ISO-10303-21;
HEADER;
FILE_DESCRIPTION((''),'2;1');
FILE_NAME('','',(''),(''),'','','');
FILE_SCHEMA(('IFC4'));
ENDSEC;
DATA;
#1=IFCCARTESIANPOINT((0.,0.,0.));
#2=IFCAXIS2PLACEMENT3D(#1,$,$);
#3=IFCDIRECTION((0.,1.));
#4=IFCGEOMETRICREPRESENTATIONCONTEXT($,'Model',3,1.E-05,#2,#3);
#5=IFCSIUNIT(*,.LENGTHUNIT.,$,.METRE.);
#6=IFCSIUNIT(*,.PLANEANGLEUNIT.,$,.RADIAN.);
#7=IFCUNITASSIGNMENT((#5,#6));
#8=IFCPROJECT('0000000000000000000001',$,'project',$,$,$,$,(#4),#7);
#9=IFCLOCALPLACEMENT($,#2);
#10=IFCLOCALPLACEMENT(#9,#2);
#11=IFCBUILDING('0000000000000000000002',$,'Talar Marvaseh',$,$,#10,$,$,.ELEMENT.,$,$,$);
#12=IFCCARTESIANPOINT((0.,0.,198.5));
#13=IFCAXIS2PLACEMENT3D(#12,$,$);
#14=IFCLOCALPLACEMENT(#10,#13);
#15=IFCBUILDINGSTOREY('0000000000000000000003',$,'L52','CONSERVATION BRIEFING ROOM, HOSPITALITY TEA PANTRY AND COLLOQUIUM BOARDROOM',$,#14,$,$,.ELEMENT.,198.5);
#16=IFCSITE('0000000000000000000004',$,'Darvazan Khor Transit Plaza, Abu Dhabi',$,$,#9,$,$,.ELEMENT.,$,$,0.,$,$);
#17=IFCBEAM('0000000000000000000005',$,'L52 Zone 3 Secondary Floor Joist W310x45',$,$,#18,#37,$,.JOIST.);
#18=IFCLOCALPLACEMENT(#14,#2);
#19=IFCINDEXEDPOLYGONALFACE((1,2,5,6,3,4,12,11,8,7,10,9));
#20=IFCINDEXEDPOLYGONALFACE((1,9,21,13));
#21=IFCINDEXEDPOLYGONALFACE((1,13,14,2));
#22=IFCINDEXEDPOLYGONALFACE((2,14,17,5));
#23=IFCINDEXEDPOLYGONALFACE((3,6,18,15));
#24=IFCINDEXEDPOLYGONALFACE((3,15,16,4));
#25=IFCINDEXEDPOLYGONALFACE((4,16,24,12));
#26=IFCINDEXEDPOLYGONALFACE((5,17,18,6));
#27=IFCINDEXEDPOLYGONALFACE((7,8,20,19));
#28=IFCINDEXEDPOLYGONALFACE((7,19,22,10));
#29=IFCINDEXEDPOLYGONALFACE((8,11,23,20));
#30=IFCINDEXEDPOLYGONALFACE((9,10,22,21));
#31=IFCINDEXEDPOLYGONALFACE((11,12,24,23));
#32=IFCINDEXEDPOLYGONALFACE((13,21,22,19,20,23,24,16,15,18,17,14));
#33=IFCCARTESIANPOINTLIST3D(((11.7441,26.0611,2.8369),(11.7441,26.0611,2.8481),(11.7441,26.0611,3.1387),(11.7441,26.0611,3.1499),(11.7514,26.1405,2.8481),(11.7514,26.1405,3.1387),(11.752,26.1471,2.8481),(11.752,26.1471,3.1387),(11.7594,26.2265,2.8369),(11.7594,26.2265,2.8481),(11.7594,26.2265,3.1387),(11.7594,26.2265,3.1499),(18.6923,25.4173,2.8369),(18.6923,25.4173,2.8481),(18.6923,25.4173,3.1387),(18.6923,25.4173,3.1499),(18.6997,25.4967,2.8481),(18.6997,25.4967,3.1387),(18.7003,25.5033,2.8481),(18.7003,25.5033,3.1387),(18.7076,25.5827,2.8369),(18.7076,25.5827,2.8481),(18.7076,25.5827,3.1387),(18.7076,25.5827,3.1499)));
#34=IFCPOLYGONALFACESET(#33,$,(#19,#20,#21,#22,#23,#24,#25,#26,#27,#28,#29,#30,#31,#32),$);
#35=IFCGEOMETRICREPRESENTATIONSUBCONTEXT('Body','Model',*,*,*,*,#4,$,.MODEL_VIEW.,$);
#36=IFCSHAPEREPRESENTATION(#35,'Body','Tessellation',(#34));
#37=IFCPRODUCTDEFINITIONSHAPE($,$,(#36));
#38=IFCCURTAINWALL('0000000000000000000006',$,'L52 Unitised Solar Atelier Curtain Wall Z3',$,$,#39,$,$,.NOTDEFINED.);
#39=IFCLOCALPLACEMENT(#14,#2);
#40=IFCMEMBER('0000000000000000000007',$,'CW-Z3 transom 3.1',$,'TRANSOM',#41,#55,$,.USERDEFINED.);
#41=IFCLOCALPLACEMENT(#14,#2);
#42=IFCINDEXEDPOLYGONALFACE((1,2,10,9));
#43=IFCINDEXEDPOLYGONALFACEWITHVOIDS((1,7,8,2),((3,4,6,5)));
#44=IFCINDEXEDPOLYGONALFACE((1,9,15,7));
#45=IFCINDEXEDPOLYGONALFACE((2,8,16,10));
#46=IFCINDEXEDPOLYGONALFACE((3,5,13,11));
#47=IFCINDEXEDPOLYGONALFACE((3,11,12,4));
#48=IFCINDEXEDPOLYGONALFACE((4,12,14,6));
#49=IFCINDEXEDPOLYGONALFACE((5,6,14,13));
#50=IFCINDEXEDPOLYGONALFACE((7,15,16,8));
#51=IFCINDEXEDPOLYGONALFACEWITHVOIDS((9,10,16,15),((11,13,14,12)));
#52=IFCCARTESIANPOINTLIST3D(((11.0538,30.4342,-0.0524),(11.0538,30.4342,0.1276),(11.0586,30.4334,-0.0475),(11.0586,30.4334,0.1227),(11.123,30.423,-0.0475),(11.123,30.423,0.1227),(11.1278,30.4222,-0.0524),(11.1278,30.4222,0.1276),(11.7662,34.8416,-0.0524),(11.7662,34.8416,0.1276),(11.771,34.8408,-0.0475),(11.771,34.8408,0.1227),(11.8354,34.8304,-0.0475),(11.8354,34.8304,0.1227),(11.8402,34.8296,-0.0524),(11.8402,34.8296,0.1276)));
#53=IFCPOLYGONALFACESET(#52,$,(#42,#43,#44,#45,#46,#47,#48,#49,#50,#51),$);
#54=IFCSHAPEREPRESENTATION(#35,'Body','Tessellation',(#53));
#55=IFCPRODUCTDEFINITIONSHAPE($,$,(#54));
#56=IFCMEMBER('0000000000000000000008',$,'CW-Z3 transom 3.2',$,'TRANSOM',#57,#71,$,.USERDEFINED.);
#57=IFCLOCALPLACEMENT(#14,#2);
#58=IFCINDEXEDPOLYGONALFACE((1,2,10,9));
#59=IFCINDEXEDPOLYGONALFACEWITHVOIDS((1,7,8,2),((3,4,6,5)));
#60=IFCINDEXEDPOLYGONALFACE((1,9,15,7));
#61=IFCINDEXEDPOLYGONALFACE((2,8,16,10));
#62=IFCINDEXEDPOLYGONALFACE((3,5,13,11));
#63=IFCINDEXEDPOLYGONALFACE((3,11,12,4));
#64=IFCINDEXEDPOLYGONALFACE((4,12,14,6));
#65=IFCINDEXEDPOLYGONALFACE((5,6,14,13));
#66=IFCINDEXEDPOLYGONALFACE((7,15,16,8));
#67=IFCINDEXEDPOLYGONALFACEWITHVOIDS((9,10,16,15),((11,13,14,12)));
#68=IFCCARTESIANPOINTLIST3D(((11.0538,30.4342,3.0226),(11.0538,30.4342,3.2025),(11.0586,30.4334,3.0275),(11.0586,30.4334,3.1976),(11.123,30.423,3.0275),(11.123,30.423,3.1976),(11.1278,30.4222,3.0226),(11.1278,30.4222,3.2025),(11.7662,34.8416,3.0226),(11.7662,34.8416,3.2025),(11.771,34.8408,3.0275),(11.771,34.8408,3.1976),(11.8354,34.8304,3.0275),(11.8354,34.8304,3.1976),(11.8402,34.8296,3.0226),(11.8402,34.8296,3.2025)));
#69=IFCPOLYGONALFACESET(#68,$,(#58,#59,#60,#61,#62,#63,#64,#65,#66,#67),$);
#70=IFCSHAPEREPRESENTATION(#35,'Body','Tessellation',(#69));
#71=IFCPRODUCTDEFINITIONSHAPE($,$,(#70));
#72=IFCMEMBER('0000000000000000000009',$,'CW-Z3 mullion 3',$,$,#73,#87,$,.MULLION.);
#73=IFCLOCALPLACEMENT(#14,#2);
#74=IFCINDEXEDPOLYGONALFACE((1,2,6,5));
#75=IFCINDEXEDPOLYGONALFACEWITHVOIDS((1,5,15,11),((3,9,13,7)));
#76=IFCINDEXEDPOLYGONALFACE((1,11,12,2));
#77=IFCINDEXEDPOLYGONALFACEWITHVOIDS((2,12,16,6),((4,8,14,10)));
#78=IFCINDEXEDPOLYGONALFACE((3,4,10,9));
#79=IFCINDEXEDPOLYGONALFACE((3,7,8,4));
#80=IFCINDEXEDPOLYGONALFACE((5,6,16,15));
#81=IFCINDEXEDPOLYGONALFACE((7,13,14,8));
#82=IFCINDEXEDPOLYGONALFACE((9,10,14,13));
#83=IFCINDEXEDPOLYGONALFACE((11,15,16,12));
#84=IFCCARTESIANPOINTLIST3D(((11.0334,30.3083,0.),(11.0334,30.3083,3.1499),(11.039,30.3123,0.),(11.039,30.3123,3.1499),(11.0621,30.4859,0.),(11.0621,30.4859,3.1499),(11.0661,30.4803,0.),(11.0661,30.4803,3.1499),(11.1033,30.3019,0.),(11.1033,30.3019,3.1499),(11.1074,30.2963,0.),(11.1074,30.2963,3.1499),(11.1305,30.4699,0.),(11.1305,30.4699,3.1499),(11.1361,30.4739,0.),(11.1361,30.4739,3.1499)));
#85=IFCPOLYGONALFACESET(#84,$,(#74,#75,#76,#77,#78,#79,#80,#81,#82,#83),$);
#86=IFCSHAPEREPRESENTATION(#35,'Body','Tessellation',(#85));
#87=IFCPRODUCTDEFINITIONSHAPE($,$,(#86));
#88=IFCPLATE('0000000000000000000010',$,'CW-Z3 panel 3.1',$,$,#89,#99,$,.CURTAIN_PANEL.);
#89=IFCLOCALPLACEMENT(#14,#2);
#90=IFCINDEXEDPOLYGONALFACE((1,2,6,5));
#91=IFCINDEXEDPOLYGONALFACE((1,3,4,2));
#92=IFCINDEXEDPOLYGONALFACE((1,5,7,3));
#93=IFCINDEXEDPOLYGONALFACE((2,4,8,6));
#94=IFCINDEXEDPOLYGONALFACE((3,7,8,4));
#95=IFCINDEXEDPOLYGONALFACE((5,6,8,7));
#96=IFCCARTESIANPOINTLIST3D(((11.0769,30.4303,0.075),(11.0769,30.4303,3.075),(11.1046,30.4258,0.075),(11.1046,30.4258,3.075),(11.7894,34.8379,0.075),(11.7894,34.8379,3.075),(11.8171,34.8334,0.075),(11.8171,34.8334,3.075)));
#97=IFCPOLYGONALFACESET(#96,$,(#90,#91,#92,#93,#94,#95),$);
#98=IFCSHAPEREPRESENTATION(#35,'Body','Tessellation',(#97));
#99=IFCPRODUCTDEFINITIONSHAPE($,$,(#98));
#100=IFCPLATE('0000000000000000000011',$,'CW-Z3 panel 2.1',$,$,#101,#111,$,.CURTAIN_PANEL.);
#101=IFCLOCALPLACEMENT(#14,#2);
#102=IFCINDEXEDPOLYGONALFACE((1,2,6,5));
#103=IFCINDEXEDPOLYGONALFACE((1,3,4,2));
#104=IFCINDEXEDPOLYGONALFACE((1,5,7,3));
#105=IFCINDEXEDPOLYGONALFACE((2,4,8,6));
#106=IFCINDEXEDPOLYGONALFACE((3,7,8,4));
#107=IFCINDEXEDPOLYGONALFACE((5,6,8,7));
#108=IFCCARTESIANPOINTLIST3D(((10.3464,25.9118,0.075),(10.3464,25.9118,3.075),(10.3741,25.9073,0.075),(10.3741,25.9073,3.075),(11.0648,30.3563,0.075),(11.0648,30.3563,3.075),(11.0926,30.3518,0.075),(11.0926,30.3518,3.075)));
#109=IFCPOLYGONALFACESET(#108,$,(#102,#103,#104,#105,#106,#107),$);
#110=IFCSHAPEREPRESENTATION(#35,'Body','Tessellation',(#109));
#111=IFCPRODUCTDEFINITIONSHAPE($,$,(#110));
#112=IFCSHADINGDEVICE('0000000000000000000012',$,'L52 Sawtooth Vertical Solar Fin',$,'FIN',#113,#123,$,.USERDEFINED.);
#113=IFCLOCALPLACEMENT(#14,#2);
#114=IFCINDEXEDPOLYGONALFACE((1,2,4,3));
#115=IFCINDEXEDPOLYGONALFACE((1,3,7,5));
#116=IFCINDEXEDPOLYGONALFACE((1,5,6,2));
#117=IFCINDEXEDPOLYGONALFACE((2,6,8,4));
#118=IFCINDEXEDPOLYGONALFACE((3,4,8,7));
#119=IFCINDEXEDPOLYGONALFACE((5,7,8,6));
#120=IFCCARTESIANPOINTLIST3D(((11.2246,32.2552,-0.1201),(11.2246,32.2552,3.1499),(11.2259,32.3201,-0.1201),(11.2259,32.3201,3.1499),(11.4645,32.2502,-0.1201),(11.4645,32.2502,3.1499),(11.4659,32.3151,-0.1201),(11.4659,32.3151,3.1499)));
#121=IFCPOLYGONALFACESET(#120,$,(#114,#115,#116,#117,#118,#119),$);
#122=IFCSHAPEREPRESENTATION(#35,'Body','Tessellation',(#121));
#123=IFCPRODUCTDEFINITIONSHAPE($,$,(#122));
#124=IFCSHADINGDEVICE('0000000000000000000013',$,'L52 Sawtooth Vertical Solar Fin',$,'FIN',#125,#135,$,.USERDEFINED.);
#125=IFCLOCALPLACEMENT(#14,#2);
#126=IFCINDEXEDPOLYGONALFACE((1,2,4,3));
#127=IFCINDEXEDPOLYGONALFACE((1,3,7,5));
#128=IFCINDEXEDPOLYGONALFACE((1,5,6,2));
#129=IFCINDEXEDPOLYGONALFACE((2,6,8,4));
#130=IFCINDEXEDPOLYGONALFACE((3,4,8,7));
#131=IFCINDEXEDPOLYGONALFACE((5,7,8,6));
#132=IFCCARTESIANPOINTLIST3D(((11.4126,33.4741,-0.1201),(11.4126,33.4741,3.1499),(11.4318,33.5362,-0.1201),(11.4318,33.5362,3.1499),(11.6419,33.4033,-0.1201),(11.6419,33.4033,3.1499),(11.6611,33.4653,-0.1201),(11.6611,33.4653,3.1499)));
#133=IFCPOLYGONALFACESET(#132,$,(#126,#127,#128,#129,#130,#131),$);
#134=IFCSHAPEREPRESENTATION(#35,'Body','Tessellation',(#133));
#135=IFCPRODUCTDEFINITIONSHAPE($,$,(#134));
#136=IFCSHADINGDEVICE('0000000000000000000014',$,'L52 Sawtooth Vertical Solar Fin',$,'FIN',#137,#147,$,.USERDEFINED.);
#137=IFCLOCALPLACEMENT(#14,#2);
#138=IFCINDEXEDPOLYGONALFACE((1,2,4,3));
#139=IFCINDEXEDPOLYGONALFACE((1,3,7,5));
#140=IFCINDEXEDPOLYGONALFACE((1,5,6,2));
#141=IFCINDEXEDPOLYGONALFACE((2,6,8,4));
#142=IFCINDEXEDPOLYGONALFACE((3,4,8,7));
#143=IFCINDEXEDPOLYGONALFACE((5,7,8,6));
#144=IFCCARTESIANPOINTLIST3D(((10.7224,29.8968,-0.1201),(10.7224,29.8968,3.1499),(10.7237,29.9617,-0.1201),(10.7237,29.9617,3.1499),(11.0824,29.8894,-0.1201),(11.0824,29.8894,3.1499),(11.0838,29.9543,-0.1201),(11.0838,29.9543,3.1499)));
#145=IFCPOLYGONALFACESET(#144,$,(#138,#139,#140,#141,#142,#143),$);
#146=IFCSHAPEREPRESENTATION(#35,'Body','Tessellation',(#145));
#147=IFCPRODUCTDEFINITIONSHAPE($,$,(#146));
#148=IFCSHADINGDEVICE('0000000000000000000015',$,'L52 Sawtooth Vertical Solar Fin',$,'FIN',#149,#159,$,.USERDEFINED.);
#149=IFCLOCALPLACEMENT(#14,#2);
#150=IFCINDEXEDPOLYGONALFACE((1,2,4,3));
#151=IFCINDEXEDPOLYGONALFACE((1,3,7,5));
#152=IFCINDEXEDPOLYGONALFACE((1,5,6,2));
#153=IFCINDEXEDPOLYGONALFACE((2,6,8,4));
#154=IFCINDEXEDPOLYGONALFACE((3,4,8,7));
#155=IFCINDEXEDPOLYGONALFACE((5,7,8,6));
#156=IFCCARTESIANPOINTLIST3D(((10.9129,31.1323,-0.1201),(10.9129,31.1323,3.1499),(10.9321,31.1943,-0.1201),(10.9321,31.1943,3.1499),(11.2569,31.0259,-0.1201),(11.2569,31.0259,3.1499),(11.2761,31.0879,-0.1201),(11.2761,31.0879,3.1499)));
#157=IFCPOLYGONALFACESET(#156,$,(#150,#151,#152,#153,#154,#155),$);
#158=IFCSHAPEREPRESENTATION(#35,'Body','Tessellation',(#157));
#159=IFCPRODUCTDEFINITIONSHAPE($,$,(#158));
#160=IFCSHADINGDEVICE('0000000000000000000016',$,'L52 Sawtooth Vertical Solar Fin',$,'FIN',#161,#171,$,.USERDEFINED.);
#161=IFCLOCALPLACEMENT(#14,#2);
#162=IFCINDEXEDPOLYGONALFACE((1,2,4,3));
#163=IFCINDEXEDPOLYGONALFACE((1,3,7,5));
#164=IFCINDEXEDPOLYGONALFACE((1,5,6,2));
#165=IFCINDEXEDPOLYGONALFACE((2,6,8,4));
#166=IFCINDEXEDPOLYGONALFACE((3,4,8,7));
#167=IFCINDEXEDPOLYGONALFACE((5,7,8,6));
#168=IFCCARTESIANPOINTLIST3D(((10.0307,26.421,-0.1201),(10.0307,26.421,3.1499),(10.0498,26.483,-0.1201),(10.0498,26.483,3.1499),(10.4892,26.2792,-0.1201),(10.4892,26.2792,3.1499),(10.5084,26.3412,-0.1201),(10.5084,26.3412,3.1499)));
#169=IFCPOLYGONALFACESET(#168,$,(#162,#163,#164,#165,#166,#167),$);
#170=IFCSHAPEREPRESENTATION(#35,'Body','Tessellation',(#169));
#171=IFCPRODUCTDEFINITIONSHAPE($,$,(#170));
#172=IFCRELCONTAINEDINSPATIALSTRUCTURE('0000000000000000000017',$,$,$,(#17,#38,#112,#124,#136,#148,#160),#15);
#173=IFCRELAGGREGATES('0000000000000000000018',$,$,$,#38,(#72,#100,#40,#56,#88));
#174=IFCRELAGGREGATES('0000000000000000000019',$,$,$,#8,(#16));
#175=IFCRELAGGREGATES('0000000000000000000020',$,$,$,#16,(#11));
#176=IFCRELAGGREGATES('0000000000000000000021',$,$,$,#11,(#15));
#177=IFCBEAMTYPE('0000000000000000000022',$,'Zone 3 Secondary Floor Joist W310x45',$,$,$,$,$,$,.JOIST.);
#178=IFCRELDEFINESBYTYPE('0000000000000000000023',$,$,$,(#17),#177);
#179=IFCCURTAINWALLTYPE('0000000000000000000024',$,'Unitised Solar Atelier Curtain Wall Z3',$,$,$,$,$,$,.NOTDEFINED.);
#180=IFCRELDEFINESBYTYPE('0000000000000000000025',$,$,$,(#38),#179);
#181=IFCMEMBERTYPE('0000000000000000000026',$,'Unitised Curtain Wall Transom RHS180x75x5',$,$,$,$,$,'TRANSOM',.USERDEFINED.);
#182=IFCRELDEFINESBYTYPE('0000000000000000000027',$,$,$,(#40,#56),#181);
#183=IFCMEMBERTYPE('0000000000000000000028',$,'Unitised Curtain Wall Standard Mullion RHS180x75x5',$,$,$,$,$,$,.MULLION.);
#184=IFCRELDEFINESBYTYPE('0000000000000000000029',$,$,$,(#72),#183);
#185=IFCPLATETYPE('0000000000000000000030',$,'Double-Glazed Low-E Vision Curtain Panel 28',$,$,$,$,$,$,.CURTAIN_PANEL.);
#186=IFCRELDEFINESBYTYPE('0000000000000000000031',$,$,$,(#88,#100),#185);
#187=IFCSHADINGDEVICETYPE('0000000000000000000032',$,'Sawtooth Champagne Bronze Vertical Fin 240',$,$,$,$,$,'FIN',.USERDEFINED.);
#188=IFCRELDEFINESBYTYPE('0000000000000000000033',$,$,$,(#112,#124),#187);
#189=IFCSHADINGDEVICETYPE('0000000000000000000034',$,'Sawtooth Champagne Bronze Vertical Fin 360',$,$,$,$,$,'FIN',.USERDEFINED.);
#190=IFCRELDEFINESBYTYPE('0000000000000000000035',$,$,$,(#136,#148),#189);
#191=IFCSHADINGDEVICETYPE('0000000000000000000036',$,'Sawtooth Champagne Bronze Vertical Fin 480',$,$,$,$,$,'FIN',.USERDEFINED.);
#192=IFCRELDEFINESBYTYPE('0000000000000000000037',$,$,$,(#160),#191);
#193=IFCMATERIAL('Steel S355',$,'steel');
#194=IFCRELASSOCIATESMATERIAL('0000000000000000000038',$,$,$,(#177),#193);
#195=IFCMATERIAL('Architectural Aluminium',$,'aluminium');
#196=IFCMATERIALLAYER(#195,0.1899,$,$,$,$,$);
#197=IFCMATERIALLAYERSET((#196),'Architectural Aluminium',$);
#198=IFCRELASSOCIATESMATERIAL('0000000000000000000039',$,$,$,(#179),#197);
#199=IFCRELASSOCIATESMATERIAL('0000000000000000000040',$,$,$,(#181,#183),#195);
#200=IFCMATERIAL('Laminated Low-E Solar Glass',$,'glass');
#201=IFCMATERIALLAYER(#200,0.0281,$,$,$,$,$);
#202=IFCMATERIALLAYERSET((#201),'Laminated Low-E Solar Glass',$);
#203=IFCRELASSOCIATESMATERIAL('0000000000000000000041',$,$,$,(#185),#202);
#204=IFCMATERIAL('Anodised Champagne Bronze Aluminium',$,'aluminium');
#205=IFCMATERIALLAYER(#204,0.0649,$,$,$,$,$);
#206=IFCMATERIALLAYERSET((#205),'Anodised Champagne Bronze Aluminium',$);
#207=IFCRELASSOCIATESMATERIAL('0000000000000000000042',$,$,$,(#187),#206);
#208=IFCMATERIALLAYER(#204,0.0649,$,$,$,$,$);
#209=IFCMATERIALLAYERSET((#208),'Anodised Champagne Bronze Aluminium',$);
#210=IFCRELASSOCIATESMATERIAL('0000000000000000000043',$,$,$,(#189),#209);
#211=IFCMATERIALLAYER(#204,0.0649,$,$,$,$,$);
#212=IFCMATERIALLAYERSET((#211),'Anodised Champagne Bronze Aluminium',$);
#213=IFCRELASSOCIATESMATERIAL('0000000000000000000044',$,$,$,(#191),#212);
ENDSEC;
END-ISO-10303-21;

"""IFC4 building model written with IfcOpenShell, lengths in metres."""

from ifc_helpers import new_model, si_unit, direction, frame, origin, origin_2d, place, context, subcontext, project, spatial, rectangle, hollow_rectangle, i_section, extrude, source, transform, mapped, material, layer, layer_set, material_profile, profile_set, type_object, type_shapes, element, aggregate, save


model = new_model("IFC4")

# Units and contexts
model_context = context("Model", 3, precision=1e-05, world=origin(), true_north=direction((0.0, 1.0)))
body_context = subcontext(model_context, "Body", "Model", "MODEL_VIEW")
ifc_project = project(units=[si_unit("LENGTHUNIT", "METRE"), si_unit("PLANEANGLEUNIT", "RADIAN")], contexts=[model_context])

# Site, building, storey
site_placement = place(None, origin())
site = spatial("IfcSite", under=ifc_project, at=site_placement, Name="Darvazan Khor Transit Plaza, Abu Dhabi", CompositionType="ELEMENT", RefElevation=0.0)
building_placement = place(site_placement, origin())
building = spatial("IfcBuilding", under=site, at=building_placement, Name="Talar Marvaseh", CompositionType="ELEMENT")
storey_placement = place(building_placement, frame((0.0, 0.0, 198.5)))
storey = spatial("IfcBuildingStorey", under=building, at=storey_placement, Name="L52", Description="CONSERVATION BRIEFING ROOM, HOSPITALITY TEA PANTRY AND COLLOQUIUM BOARDROOM", CompositionType="ELEMENT", Elevation=198.5)

# Beam
ifc_material_1 = material(Name="Steel S355", Category="steel")
ifc_material_profile_1 = material_profile(ifc_material_1, i_section(OverallWidth=0.166, OverallDepth=0.313, WebThickness=0.0066, FlangeThickness=0.0112, at=origin_2d()), Name="W310x45")
ifc_profile_set_1 = profile_set([ifc_material_profile_1], Name="Steel S355")
beam_type = type_object("IfcBeamType", Name="Zone 3 Secondary Floor Joist W310x45", PredefinedType="JOIST", material=ifc_profile_set_1)
beam_placement = place(storey_placement, frame((11.7517, 26.1438, 2.9934), z_axis=(0.995735, -0.092261, 0.0), x_axis=(0.092261, 0.995735, 0.0)))
element("IfcBeam", 1, at=beam_placement, inside=storey, type_object=beam_type, Name="L52 Zone 3 Secondary Floor Joist W310x45", PredefinedType="JOIST", context=body_context, shape_type="SweptSolid", body=[
    extrude(i_section(OverallWidth=0.166, OverallDepth=0.313, WebThickness=0.0066, FlangeThickness=0.0112, at=origin_2d()), origin(), (0.0, 0.0, 1.0), 6.978),
])

# Curtain wall, members, plates
ifc_material_2 = material(Name="Architectural Aluminium", Category="aluminium")
ifc_layer_1 = layer(ifc_material_2, 0.1899)
ifc_layer_set_1 = layer_set([ifc_layer_1], Name="Architectural Aluminium")
curtain_wall_type = type_object("IfcCurtainWallType", Name="Unitised Solar Atelier Curtain Wall Z3", PredefinedType="NOTDEFINED", material=ifc_layer_set_1)
curtain_wall_placement = place(storey_placement, origin())
curtain_wall = element("IfcCurtainWall", 2, at=curtain_wall_placement, inside=storey, type_object=curtain_wall_type, Name="L52 Unitised Solar Atelier Curtain Wall Z3", PredefinedType="NOTDEFINED")
ifc_material_profile_2 = material_profile(ifc_material_2, hollow_rectangle(XDim=0.075, YDim=0.1799, WallThickness=0.0049, at=origin_2d()), Name="RHS180x75x5")
ifc_profile_set_2 = profile_set([ifc_material_profile_2], Name="Architectural Aluminium")
member_type_1 = type_object("IfcMemberType", Name="Unitised Curtain Wall Transom RHS180x75x5", ElementType="TRANSOM", PredefinedType="USERDEFINED", material=ifc_profile_set_2)
shared_shape_1 = source(origin(), body_context, "Body", "SweptSolid", [
    extrude(hollow_rectangle(XDim=0.075, YDim=0.1799, WallThickness=0.0049, at=origin_2d()), origin(), (0.0, 0.0, 1.0), 4.4646),
])
type_shapes(member_type_1, [shared_shape_1])
member_1_placement = place(storey_placement, frame((11.0908, 30.4282, 0.0376), z_axis=(0.159564, 0.987188, 0.0), x_axis=(-0.987188, 0.159564, 0.0)))
member_1 = element("IfcMember", 3, at=member_1_placement, type_object=member_type_1, Name="CW-Z3 transom 3.1", ObjectType="TRANSOM", PredefinedType="USERDEFINED", context=body_context, shape_type="MappedRepresentation", body=[
    mapped(shared_shape_1, transform((0.0, 0.0, 0.0), x_axis=(1.0, 0.0, 0.0), y_axis=(0.0, 1.0, 0.0), z_axis=(0.0, 0.0, 1.0), scale=1.0)),
])
member_2_placement = place(storey_placement, frame((11.0908, 30.4282, 3.1125), z_axis=(0.159564, 0.987188, 0.0), x_axis=(-0.987188, 0.159564, 0.0)))
member_2 = element("IfcMember", 4, at=member_2_placement, type_object=member_type_1, Name="CW-Z3 transom 3.2", ObjectType="TRANSOM", PredefinedType="USERDEFINED", context=body_context, shape_type="MappedRepresentation", body=[
    mapped(shared_shape_1, transform((0.0, 0.0, 0.0), x_axis=(1.0, 0.0, 0.0), y_axis=(0.0, 1.0, 0.0), z_axis=(0.0, 0.0, 1.0), scale=1.0)),
])
ifc_material_profile_3 = material_profile(ifc_material_2, hollow_rectangle(XDim=0.075, YDim=0.1799, WallThickness=0.0049, at=origin_2d()), Name="RHS180x75x5")
ifc_profile_set_3 = profile_set([ifc_material_profile_3], Name="Architectural Aluminium")
member_type_2 = type_object("IfcMemberType", Name="Unitised Curtain Wall Standard Mullion RHS180x75x5", PredefinedType="MULLION", material=ifc_profile_set_3)
shared_shape_2 = source(origin(), body_context, "Body", "SweptSolid", [
    extrude(hollow_rectangle(XDim=0.075, YDim=0.1799, WallThickness=0.0049, at=origin_2d()), origin(), (0.0, 0.0, 1.0), 3.1499),
])
type_shapes(member_type_2, [shared_shape_2])
member_3_placement = place(storey_placement, frame((11.0847, 30.3911, 0.0), z_axis=(0.0, 0.0, 1.0), x_axis=(-0.987186, 0.159572, 0.0)))
member_3 = element("IfcMember", 5, at=member_3_placement, type_object=member_type_2, Name="CW-Z3 mullion 3", PredefinedType="MULLION", context=body_context, shape_type="MappedRepresentation", body=[
    mapped(shared_shape_2, transform((0.0, 0.0, 0.0), x_axis=(1.0, 0.0, 0.0), y_axis=(0.0, 1.0, 0.0), z_axis=(0.0, 0.0, 1.0), scale=1.0)),
])
ifc_material_3 = material(Name="Laminated Low-E Solar Glass", Category="glass")
ifc_layer_2 = layer(ifc_material_3, 0.0281)
ifc_layer_set_2 = layer_set([ifc_layer_2], Name="Laminated Low-E Solar Glass")
plate_type = type_object("IfcPlateType", Name="Double-Glazed Low-E Vision Curtain Panel 28", PredefinedType="CURTAIN_PANEL", material=ifc_layer_set_2)
shared_shape_3 = source(origin(), body_context, "Body", "SweptSolid", [
    extrude(rectangle(XDim=4.4648, YDim=0.0281, at=origin_2d()), origin(), (0.0, 0.0, 1.0), 3.0),
])
plate_1_placement = place(storey_placement, frame((11.447, 32.6318, 0.075), z_axis=(0.0, 0.0, 1.0), x_axis=(0.159572, 0.987186, 0.0)))
plate_1 = element("IfcPlate", 6, at=plate_1_placement, type_object=plate_type, Name="CW-Z3 panel 3.1", PredefinedType="CURTAIN_PANEL", context=body_context, shape_type="MappedRepresentation", body=[
    mapped(shared_shape_3, transform((0.0, 0.0, 0.0), x_axis=(1.0, 0.0, 0.0), y_axis=(0.0, 1.0, 0.0), z_axis=(0.0, 0.0, 1.0), scale=1.0)),
])
shared_shape_4 = source(origin(), body_context, "Body", "SweptSolid", [
    extrude(rectangle(XDim=4.5022, YDim=0.0281, at=origin_2d()), origin(), (0.0, 0.0, 1.0), 3.0),
])
type_shapes(plate_type, [shared_shape_3, shared_shape_4])
plate_2_placement = place(storey_placement, frame((10.7195, 28.1318, 0.075), z_axis=(0.0, 0.0, 1.0), x_axis=(0.159572, 0.987186, 0.0)))
plate_2 = element("IfcPlate", 7, at=plate_2_placement, type_object=plate_type, Name="CW-Z3 panel 2.1", PredefinedType="CURTAIN_PANEL", context=body_context, shape_type="MappedRepresentation", body=[
    mapped(shared_shape_4, transform((0.0, 0.0, 0.0), x_axis=(1.0, 0.0, 0.0), y_axis=(0.0, 1.0, 0.0), z_axis=(0.0, 0.0, 1.0), scale=1.0)),
])
aggregate(curtain_wall, [member_3, plate_2, member_1, member_2, plate_1])

# Shading devices
ifc_material_4 = material(Name="Anodised Champagne Bronze Aluminium", Category="aluminium")
ifc_layer_3 = layer(ifc_material_4, 0.0649)
ifc_layer_set_3 = layer_set([ifc_layer_3], Name="Anodised Champagne Bronze Aluminium")
shading_device_type_1 = type_object("IfcShadingDeviceType", Name="Sawtooth Champagne Bronze Vertical Fin 240", ElementType="FIN", PredefinedType="USERDEFINED", material=ifc_layer_set_3)
shared_shape_5 = source(origin(), body_context, "Body", "SweptSolid", [
    extrude(rectangle(XDim=0.24, YDim=0.0649, at=origin_2d()), origin(), (0.0, 0.0, 1.0), 3.27),
])
type_shapes(shading_device_type_1, [shared_shape_5])
for number, where, z_axis, x_axis, name in (
    (8, (11.3452, 32.2852, -0.1201), (0.0, 0.0, 1.0), (-0.999788, 0.020593, 0.0), "L52 Sawtooth Vertical Solar Fin"),
    (9, (11.5369, 33.4697, -0.1201), (0.0, 0.0, 1.0), (-0.955382, 0.295375, 0.0), "L52 Sawtooth Vertical Solar Fin"),
):
    element("IfcShadingDevice", number, at=place(storey_placement, frame(where, z_axis=z_axis, x_axis=x_axis)), inside=storey, type_object=shading_device_type_1, Name=name, ObjectType="FIN", PredefinedType="USERDEFINED", context=body_context, shape_type="MappedRepresentation", body=[
        mapped(shared_shape_5, transform((0.0, 0.0, 0.0), x_axis=(1.0, 0.0, 0.0), y_axis=(0.0, 1.0, 0.0), z_axis=(0.0, 0.0, 1.0), scale=1.0)),
    ])
ifc_layer_4 = layer(ifc_material_4, 0.0649)
ifc_layer_set_4 = layer_set([ifc_layer_4], Name="Anodised Champagne Bronze Aluminium")
shading_device_type_2 = type_object("IfcShadingDeviceType", Name="Sawtooth Champagne Bronze Vertical Fin 360", ElementType="FIN", PredefinedType="USERDEFINED", material=ifc_layer_set_4)
shared_shape_6 = source(origin(), body_context, "Body", "SweptSolid", [
    extrude(rectangle(XDim=0.3601, YDim=0.0649, at=origin_2d()), origin(), (0.0, 0.0, 1.0), 3.27),
])
type_shapes(shading_device_type_2, [shared_shape_6])
for number, where, z_axis, x_axis, name in (
    (10, (10.9031, 29.9255, -0.1201), (0.0, 0.0, 1.0), (-0.999788, 0.020593, 0.0), "L52 Sawtooth Vertical Solar Fin"),
    (11, (11.0945, 31.1101, -0.1201), (0.0, 0.0, 1.0), (-0.955382, 0.295375, 0.0), "L52 Sawtooth Vertical Solar Fin"),
):
    element("IfcShadingDevice", number, at=place(storey_placement, frame(where, z_axis=z_axis, x_axis=x_axis)), inside=storey, type_object=shading_device_type_2, Name=name, ObjectType="FIN", PredefinedType="USERDEFINED", context=body_context, shape_type="MappedRepresentation", body=[
        mapped(shared_shape_6, transform((0.0, 0.0, 0.0), x_axis=(1.0, 0.0, 0.0), y_axis=(0.0, 1.0, 0.0), z_axis=(0.0, 0.0, 1.0), scale=1.0)),
    ])
ifc_layer_5 = layer(ifc_material_4, 0.0649)
ifc_layer_set_5 = layer_set([ifc_layer_5], Name="Anodised Champagne Bronze Aluminium")
shading_device_type_3 = type_object("IfcShadingDeviceType", Name="Sawtooth Champagne Bronze Vertical Fin 480", ElementType="FIN", PredefinedType="USERDEFINED", material=ifc_layer_set_5)
shared_shape_7 = source(origin(), body_context, "Body", "SweptSolid", [
    extrude(rectangle(XDim=0.48, YDim=0.0649, at=origin_2d()), origin(), (0.0, 0.0, 1.0), 3.27),
])
type_shapes(shading_device_type_3, [shared_shape_7])
for number, where, z_axis, x_axis, name in (
    (12, (10.2695, 26.3811, -0.1201), (0.0, 0.0, 1.0), (-0.955382, 0.295375, 0.0), "L52 Sawtooth Vertical Solar Fin"),
):
    element("IfcShadingDevice", number, at=place(storey_placement, frame(where, z_axis=z_axis, x_axis=x_axis)), inside=storey, type_object=shading_device_type_3, Name=name, ObjectType="FIN", PredefinedType="USERDEFINED", context=body_context, shape_type="MappedRepresentation", body=[
        mapped(shared_shape_7, transform((0.0, 0.0, 0.0), x_axis=(1.0, 0.0, 0.0), y_axis=(0.0, 1.0, 0.0), z_axis=(0.0, 0.0, 1.0), scale=1.0)),
    ])

save(model, "model.ifc")
